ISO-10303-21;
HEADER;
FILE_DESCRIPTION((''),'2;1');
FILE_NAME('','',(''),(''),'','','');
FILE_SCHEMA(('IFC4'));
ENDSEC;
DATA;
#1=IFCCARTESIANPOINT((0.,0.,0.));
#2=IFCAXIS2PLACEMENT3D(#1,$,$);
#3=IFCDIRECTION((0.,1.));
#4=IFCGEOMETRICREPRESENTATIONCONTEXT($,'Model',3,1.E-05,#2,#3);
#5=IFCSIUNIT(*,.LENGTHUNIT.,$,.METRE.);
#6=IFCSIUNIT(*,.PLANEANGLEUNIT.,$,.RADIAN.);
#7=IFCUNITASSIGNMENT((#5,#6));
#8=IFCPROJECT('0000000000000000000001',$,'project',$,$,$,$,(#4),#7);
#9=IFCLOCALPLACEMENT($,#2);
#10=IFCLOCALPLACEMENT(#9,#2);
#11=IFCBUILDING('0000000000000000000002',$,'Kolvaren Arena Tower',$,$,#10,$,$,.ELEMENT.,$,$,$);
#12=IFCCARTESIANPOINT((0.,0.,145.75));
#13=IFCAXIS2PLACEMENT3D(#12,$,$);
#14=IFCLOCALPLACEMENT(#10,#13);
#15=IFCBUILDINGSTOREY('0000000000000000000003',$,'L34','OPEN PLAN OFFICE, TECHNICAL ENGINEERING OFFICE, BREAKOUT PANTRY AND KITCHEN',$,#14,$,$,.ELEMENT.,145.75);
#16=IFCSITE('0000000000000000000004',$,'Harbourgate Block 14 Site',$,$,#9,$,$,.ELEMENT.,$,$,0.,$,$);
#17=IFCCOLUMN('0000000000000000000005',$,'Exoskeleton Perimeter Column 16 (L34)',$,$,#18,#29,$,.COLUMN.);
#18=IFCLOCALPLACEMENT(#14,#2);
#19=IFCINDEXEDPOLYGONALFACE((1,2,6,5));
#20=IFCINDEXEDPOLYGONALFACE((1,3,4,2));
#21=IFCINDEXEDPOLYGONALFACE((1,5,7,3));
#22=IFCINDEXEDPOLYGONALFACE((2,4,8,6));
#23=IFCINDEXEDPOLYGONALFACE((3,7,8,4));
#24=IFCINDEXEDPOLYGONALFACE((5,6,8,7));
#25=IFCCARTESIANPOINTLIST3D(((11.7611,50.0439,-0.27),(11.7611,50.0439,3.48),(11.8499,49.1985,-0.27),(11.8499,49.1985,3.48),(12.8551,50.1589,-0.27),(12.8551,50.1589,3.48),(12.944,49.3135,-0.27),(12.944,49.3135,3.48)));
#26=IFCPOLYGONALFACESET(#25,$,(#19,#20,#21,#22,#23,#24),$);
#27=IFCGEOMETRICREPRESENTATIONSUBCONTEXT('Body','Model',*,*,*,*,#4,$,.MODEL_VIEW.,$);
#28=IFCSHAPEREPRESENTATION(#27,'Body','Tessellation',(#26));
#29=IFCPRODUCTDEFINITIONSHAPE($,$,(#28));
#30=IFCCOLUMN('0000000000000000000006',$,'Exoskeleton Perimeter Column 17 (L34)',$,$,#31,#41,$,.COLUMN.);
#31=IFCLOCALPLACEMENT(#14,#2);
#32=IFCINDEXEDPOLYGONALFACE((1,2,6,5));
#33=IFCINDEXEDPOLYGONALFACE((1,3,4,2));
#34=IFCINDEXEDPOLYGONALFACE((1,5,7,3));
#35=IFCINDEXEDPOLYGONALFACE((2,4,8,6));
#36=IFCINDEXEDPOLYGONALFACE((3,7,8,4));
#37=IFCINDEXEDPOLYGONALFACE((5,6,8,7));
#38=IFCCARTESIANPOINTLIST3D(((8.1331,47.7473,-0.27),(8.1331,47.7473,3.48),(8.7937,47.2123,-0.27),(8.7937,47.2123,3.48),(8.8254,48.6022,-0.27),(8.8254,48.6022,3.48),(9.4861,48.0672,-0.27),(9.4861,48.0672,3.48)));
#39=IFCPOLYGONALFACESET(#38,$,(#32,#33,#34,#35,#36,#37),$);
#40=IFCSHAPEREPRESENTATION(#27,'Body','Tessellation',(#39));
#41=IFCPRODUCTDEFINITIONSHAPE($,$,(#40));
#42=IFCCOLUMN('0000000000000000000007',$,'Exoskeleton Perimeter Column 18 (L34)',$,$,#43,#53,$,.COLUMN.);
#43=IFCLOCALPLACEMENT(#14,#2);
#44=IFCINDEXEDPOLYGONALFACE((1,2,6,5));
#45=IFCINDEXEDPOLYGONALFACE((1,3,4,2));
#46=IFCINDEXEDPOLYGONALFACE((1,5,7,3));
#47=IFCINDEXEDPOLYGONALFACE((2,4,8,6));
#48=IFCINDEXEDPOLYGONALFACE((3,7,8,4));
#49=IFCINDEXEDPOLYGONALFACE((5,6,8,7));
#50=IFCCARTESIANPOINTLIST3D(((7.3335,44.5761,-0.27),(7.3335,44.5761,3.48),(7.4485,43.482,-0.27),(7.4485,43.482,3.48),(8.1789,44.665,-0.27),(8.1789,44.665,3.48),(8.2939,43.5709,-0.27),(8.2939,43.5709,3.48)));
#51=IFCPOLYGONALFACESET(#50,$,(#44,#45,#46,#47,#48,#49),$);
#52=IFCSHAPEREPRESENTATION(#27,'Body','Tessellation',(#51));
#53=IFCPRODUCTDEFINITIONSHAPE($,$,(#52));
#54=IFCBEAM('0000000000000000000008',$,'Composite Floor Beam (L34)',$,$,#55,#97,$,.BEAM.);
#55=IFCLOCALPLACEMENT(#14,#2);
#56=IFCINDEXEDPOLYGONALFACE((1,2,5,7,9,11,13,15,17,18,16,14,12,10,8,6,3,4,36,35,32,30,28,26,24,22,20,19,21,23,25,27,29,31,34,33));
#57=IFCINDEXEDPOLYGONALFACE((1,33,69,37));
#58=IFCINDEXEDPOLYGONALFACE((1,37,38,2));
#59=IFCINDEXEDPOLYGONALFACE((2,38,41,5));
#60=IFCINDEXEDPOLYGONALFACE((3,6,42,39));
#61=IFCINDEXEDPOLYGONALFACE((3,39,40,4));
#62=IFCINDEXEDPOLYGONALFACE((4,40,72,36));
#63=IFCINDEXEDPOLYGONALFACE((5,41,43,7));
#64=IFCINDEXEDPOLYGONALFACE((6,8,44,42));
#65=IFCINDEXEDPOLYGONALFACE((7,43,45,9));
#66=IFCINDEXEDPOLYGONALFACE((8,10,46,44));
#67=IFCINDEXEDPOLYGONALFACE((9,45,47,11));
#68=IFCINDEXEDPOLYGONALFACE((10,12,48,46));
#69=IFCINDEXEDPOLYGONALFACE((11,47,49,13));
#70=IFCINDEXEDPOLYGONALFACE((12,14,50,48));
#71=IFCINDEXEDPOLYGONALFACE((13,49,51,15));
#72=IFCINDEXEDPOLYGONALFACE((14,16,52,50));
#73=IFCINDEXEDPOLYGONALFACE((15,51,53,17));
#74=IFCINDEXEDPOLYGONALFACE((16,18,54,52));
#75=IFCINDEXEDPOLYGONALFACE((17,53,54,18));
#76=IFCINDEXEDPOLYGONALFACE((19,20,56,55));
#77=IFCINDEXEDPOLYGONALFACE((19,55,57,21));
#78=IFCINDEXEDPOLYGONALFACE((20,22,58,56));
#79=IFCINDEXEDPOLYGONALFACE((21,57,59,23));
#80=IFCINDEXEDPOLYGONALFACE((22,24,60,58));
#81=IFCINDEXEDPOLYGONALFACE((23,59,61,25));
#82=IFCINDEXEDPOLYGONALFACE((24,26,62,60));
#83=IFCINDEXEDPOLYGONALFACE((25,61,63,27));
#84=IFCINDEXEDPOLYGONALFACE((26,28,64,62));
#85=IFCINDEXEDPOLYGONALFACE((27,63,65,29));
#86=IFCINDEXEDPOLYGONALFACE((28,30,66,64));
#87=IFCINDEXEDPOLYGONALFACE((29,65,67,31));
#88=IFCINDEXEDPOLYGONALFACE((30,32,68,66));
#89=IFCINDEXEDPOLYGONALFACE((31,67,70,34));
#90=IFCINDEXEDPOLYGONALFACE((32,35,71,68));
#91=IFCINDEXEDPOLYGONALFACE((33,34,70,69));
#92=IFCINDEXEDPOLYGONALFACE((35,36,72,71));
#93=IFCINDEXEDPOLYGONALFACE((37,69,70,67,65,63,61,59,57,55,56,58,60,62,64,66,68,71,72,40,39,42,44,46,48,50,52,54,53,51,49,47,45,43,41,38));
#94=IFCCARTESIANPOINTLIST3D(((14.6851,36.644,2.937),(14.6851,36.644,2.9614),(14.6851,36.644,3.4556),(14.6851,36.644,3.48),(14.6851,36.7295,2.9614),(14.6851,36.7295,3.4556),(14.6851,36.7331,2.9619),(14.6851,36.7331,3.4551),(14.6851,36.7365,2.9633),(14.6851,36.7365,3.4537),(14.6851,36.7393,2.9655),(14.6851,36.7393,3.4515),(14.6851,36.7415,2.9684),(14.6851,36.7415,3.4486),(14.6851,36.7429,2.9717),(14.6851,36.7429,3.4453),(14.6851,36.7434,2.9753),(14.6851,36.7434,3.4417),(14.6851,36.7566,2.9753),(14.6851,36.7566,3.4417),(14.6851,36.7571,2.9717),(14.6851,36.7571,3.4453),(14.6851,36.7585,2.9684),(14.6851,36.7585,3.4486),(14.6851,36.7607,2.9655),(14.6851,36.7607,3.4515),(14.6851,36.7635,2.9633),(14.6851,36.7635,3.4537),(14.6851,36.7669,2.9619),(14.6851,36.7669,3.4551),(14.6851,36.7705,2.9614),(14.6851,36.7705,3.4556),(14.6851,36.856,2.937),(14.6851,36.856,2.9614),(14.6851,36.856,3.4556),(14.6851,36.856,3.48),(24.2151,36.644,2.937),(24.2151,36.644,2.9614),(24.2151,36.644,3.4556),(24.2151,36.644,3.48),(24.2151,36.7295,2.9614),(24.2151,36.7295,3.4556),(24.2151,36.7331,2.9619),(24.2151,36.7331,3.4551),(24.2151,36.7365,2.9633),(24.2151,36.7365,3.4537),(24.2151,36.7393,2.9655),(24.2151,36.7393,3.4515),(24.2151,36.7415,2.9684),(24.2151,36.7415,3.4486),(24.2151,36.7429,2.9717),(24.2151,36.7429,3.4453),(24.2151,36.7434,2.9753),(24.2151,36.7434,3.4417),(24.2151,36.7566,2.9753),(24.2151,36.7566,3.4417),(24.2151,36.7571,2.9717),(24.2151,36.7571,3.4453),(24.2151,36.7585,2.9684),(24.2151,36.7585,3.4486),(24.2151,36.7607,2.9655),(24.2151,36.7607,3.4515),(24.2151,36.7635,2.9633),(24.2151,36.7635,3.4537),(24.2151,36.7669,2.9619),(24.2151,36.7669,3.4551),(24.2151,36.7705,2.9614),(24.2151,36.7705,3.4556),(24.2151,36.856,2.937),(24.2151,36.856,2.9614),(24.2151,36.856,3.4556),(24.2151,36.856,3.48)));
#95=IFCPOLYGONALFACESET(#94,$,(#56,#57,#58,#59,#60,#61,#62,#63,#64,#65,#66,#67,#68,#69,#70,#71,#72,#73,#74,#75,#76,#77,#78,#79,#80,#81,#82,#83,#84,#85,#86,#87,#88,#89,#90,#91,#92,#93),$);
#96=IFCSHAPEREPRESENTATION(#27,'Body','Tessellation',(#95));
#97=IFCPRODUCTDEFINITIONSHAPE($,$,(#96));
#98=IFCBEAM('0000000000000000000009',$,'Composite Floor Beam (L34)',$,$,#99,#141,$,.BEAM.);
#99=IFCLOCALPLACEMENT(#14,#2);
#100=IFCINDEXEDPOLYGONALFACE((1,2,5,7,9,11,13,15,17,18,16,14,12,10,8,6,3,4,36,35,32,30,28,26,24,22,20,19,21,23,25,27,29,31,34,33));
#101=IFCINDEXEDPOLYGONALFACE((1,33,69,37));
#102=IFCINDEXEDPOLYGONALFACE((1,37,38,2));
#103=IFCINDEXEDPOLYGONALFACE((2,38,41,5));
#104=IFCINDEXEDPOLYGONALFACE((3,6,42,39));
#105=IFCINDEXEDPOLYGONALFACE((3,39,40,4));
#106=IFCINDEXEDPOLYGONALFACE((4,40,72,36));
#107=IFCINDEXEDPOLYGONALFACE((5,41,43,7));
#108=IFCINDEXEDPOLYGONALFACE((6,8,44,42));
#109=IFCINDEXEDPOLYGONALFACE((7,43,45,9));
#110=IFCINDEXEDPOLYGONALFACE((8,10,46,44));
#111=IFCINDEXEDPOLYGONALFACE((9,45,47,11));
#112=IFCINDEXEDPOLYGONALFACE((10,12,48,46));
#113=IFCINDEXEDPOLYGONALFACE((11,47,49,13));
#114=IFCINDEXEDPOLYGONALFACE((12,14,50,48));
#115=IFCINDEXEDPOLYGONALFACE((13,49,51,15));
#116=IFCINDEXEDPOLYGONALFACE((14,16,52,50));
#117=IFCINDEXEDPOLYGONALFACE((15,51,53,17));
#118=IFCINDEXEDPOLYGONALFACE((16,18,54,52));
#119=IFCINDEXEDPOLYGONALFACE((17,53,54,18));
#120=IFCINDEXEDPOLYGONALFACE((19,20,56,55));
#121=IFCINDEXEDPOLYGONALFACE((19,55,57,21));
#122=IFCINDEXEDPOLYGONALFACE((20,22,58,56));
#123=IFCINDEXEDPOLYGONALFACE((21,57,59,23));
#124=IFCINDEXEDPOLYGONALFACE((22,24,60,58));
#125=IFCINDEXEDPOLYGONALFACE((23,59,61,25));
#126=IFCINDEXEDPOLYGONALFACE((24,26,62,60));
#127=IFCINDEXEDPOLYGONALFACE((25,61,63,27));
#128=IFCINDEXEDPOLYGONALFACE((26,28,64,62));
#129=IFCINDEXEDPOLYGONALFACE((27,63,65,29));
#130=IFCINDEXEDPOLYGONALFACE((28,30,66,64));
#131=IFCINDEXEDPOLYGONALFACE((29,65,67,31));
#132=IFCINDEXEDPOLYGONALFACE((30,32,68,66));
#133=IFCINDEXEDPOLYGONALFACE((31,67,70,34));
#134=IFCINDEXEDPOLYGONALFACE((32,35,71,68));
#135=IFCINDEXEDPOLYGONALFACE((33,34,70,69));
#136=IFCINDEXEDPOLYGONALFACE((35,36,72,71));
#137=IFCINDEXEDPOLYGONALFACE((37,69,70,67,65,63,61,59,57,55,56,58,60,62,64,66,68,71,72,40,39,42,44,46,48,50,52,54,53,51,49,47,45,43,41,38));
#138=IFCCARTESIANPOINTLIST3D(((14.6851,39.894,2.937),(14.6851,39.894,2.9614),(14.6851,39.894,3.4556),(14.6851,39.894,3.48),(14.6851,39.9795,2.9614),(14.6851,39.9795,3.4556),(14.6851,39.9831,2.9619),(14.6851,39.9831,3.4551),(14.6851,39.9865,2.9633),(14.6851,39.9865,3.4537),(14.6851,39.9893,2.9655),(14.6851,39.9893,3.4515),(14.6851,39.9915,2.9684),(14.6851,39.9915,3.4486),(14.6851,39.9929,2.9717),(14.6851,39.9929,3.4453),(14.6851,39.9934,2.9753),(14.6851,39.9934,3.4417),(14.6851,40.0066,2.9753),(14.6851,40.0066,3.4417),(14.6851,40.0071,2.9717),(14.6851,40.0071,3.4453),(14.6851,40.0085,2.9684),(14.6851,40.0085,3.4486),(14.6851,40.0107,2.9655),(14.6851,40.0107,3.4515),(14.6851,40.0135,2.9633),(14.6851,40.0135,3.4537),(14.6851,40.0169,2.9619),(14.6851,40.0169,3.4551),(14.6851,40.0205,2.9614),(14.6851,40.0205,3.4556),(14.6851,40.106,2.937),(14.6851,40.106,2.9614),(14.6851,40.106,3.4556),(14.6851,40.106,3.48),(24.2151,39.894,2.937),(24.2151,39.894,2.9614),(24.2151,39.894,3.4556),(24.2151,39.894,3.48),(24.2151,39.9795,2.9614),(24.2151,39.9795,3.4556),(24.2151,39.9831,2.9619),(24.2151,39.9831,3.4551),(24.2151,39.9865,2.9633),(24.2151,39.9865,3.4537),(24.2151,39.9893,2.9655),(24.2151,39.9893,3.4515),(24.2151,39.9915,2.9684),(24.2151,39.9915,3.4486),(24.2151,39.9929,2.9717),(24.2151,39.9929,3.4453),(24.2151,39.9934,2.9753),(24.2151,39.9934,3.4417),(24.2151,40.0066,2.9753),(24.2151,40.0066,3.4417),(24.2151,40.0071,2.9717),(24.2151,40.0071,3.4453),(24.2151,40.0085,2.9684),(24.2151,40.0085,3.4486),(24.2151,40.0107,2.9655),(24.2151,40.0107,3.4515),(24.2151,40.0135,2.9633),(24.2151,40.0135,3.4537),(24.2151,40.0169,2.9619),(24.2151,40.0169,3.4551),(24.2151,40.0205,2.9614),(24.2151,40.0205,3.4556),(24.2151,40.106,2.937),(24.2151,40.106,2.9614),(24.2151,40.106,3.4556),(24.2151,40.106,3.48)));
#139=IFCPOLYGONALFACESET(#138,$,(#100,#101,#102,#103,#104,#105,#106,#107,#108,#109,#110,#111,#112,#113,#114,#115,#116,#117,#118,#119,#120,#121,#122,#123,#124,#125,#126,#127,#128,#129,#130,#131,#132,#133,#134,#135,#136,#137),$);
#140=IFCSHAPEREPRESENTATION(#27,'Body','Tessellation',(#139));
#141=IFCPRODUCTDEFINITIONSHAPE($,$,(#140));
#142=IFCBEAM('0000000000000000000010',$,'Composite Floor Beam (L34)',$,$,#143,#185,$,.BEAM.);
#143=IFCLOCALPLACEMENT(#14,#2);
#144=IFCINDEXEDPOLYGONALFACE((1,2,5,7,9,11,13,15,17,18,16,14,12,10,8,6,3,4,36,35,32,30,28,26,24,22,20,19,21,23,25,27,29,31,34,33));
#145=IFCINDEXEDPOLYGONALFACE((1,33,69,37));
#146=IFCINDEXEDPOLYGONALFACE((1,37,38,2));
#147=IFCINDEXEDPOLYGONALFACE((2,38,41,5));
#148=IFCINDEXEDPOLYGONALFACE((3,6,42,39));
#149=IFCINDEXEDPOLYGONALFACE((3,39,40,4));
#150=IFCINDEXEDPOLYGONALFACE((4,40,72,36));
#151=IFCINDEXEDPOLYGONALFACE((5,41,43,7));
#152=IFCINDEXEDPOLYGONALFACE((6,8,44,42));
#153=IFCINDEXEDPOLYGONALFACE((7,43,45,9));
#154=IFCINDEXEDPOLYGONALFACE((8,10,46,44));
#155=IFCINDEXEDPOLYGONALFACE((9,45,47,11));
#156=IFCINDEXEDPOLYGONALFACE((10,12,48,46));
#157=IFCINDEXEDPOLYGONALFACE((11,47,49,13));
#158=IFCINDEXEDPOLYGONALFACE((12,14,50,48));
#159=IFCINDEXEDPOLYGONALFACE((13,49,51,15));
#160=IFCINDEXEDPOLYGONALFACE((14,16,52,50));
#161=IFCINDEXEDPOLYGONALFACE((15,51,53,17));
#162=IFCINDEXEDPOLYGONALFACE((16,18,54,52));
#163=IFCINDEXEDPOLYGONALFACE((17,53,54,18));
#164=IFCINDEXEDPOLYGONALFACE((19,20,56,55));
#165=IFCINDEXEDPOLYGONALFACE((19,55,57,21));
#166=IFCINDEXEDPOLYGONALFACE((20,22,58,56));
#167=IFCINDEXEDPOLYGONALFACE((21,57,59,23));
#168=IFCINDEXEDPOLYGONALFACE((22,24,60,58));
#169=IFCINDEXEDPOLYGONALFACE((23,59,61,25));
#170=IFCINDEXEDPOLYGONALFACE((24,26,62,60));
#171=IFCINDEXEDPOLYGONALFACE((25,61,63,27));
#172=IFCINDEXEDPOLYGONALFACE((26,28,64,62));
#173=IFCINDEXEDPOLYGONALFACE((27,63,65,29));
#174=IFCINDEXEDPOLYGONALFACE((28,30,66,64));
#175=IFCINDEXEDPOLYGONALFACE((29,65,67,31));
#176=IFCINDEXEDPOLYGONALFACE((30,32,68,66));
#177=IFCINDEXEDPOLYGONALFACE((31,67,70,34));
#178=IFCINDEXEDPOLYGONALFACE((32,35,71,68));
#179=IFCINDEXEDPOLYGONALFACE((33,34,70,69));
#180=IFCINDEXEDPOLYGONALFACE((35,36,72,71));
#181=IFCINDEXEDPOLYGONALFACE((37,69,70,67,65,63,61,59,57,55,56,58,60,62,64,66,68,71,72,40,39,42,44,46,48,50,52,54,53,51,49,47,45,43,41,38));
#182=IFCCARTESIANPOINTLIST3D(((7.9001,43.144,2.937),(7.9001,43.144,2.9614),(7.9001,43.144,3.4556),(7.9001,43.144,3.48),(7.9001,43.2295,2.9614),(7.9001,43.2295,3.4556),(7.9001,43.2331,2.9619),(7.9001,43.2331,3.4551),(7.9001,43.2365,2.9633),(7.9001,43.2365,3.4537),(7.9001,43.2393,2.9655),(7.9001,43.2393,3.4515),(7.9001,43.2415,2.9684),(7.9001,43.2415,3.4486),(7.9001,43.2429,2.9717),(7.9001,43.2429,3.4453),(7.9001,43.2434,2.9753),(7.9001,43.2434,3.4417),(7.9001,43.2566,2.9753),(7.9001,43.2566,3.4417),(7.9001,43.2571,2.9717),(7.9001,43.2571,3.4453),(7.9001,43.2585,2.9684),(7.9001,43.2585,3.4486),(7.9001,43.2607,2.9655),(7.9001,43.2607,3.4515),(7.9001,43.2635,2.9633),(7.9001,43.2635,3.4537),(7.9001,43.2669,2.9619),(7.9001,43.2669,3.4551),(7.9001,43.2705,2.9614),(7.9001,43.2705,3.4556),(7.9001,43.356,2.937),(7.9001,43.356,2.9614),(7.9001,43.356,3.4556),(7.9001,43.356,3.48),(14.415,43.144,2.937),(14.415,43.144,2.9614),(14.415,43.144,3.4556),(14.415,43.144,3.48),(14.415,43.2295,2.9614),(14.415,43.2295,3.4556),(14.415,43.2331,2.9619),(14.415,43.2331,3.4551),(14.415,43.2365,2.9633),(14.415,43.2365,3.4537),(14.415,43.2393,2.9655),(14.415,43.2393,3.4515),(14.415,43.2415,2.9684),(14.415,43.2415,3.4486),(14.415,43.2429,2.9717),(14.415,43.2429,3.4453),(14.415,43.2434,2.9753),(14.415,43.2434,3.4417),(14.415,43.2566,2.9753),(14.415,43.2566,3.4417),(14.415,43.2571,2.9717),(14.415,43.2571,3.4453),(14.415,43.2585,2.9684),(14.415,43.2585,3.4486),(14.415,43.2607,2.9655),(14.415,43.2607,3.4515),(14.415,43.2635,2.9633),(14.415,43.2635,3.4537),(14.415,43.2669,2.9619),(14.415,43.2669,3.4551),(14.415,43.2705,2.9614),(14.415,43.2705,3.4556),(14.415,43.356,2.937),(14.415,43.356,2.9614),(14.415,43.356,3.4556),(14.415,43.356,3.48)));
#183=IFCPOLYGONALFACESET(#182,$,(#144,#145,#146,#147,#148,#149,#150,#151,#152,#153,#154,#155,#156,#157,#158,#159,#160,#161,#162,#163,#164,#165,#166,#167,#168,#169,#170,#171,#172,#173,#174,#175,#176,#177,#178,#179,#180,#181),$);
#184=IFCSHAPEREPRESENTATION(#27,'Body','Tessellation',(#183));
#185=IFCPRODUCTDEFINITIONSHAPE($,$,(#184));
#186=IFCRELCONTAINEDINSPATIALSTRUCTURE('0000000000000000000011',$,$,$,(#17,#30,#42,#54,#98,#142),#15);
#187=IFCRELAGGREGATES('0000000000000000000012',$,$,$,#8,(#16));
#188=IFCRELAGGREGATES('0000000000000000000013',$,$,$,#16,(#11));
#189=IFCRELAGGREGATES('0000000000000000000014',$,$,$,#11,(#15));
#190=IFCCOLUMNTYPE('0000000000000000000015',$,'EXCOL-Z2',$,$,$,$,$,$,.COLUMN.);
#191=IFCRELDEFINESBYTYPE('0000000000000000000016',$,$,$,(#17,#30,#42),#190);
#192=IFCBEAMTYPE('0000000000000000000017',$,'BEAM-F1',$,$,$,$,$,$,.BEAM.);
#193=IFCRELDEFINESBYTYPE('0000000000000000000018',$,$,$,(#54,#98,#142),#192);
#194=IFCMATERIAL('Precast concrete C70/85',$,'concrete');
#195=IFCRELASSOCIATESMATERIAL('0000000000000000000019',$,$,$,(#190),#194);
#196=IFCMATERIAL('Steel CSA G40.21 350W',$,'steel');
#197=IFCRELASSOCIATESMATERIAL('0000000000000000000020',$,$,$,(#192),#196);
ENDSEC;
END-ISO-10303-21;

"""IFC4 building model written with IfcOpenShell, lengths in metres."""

from ifc_helpers import new_model, si_unit, direction, frame, origin, origin_2d, place, context, subcontext, project, spatial, rectangle, i_section, extrude, material, material_profile, profile_set, type_object, element, save


model = new_model("IFC4")

# Units and contexts
model_context = context("Model", 3, precision=1e-05, world=origin(), true_north=direction((0.0, 1.0)))
body_context = subcontext(model_context, "Body", "Model", "MODEL_VIEW")
ifc_project = project(units=[si_unit("LENGTHUNIT", "METRE"), si_unit("PLANEANGLEUNIT", "RADIAN")], contexts=[model_context])

# Site, building, storey
site_placement = place(None, origin())
site = spatial("IfcSite", under=ifc_project, at=site_placement, Name="Harbourgate Block 14 Site", CompositionType="ELEMENT", RefElevation=0.0)
building_placement = place(site_placement, origin())
building = spatial("IfcBuilding", under=site, at=building_placement, Name="Kolvaren Arena Tower", CompositionType="ELEMENT")
storey_placement = place(building_placement, frame((0.0, 0.0, 145.75)))
storey = spatial("IfcBuildingStorey", under=building, at=storey_placement, Name="L34", Description="OPEN PLAN OFFICE, TECHNICAL ENGINEERING OFFICE, BREAKOUT PANTRY AND KITCHEN", CompositionType="ELEMENT", Elevation=145.75)

# Columns
ifc_material_1 = material(Name="Precast concrete C70/85", Category="concrete")
ifc_material_profile_1 = material_profile(ifc_material_1, rectangle(XDim=1.1001, YDim=0.8501, at=origin_2d()), Name="RC-1100x850")
ifc_profile_set_1 = profile_set([ifc_material_profile_1], Name="Precast concrete C70/85")
column_type = type_object("IfcColumnType", Name="EXCOL-Z2", PredefinedType="COLUMN", material=ifc_profile_set_1)
for number, where, z_axis, x_axis, name in (
    (1, (12.3525, 49.6787, -0.27), (0.0, 0.0, 1.0), (0.994522, 0.104528, 0.0), "Exoskeleton Perimeter Column 16 (L34)"),
    (2, (8.8096, 47.9072, -0.27), (0.0, 0.0, 1.0), (0.62932, 0.777146, 0.0), "Exoskeleton Perimeter Column 17 (L34)"),
    (3, (7.8137, 44.0735, -0.27), (0.0, 0.0, 1.0), (-0.104528, 0.994522, 0.0), "Exoskeleton Perimeter Column 18 (L34)"),
):
    element("IfcColumn", number, at=place(storey_placement, frame(where, z_axis=z_axis, x_axis=x_axis)), inside=storey, type_object=column_type, Name=name, PredefinedType="COLUMN", context=body_context, shape_type="SweptSolid", body=[
        extrude(rectangle(XDim=1.1001, YDim=0.8501, at=origin_2d()), origin(), (0.0, 0.0, 1.0), 3.75),
    ])

# Beams
ifc_material_2 = material(Name="Steel CSA G40.21 350W", Category="steel")
ifc_material_profile_2 = material_profile(ifc_material_2, i_section(OverallWidth=0.2119, OverallDepth=0.543, WebThickness=0.0132, FlangeThickness=0.0244, FilletRadius=0.0139, at=origin_2d()), Name="W530x150")
ifc_profile_set_2 = profile_set([ifc_material_profile_2], Name="Steel CSA G40.21 350W")
beam_type_1 = type_object("IfcBeamType", Name="BEAM-F1", PredefinedType="BEAM", material=ifc_profile_set_2)
for number, where, z_axis, x_axis, name in (
    (4, (14.6851, 36.75, 3.2085), (1.0, 0.0, 0.0), (0.0, 1.0, 0.0), "Composite Floor Beam (L34)"),
    (5, (14.6851, 40.0, 3.2085), (1.0, 0.0, 0.0), (0.0, 1.0, 0.0), "Composite Floor Beam (L34)"),
):
    element("IfcBeam", number, at=place(storey_placement, frame(where, z_axis=z_axis, x_axis=x_axis)), inside=storey, type_object=beam_type_1, Name=name, PredefinedType="BEAM", context=body_context, shape_type="SweptSolid", body=[
        extrude(i_section(OverallWidth=0.2119, OverallDepth=0.543, WebThickness=0.0132, FlangeThickness=0.0244, FilletRadius=0.0139, at=origin_2d()), origin(), (0.0, 0.0, 1.0), 9.53),
    ])
beam_1_placement = place(storey_placement, frame((7.9001, 43.25, 3.2085), z_axis=(1.0, 0.0, 0.0), x_axis=(0.0, 1.0, 0.0)))
element("IfcBeam", 6, at=beam_1_placement, inside=storey, type_object=beam_type_1, Name="Composite Floor Beam (L34)", PredefinedType="BEAM", context=body_context, shape_type="SweptSolid", body=[
    extrude(i_section(OverallWidth=0.2119, OverallDepth=0.543, WebThickness=0.0132, FlangeThickness=0.0244, FilletRadius=0.0139, at=origin_2d()), origin(), (0.0, 0.0, 1.0), 6.5149),
])

save(model, "model.ifc")
